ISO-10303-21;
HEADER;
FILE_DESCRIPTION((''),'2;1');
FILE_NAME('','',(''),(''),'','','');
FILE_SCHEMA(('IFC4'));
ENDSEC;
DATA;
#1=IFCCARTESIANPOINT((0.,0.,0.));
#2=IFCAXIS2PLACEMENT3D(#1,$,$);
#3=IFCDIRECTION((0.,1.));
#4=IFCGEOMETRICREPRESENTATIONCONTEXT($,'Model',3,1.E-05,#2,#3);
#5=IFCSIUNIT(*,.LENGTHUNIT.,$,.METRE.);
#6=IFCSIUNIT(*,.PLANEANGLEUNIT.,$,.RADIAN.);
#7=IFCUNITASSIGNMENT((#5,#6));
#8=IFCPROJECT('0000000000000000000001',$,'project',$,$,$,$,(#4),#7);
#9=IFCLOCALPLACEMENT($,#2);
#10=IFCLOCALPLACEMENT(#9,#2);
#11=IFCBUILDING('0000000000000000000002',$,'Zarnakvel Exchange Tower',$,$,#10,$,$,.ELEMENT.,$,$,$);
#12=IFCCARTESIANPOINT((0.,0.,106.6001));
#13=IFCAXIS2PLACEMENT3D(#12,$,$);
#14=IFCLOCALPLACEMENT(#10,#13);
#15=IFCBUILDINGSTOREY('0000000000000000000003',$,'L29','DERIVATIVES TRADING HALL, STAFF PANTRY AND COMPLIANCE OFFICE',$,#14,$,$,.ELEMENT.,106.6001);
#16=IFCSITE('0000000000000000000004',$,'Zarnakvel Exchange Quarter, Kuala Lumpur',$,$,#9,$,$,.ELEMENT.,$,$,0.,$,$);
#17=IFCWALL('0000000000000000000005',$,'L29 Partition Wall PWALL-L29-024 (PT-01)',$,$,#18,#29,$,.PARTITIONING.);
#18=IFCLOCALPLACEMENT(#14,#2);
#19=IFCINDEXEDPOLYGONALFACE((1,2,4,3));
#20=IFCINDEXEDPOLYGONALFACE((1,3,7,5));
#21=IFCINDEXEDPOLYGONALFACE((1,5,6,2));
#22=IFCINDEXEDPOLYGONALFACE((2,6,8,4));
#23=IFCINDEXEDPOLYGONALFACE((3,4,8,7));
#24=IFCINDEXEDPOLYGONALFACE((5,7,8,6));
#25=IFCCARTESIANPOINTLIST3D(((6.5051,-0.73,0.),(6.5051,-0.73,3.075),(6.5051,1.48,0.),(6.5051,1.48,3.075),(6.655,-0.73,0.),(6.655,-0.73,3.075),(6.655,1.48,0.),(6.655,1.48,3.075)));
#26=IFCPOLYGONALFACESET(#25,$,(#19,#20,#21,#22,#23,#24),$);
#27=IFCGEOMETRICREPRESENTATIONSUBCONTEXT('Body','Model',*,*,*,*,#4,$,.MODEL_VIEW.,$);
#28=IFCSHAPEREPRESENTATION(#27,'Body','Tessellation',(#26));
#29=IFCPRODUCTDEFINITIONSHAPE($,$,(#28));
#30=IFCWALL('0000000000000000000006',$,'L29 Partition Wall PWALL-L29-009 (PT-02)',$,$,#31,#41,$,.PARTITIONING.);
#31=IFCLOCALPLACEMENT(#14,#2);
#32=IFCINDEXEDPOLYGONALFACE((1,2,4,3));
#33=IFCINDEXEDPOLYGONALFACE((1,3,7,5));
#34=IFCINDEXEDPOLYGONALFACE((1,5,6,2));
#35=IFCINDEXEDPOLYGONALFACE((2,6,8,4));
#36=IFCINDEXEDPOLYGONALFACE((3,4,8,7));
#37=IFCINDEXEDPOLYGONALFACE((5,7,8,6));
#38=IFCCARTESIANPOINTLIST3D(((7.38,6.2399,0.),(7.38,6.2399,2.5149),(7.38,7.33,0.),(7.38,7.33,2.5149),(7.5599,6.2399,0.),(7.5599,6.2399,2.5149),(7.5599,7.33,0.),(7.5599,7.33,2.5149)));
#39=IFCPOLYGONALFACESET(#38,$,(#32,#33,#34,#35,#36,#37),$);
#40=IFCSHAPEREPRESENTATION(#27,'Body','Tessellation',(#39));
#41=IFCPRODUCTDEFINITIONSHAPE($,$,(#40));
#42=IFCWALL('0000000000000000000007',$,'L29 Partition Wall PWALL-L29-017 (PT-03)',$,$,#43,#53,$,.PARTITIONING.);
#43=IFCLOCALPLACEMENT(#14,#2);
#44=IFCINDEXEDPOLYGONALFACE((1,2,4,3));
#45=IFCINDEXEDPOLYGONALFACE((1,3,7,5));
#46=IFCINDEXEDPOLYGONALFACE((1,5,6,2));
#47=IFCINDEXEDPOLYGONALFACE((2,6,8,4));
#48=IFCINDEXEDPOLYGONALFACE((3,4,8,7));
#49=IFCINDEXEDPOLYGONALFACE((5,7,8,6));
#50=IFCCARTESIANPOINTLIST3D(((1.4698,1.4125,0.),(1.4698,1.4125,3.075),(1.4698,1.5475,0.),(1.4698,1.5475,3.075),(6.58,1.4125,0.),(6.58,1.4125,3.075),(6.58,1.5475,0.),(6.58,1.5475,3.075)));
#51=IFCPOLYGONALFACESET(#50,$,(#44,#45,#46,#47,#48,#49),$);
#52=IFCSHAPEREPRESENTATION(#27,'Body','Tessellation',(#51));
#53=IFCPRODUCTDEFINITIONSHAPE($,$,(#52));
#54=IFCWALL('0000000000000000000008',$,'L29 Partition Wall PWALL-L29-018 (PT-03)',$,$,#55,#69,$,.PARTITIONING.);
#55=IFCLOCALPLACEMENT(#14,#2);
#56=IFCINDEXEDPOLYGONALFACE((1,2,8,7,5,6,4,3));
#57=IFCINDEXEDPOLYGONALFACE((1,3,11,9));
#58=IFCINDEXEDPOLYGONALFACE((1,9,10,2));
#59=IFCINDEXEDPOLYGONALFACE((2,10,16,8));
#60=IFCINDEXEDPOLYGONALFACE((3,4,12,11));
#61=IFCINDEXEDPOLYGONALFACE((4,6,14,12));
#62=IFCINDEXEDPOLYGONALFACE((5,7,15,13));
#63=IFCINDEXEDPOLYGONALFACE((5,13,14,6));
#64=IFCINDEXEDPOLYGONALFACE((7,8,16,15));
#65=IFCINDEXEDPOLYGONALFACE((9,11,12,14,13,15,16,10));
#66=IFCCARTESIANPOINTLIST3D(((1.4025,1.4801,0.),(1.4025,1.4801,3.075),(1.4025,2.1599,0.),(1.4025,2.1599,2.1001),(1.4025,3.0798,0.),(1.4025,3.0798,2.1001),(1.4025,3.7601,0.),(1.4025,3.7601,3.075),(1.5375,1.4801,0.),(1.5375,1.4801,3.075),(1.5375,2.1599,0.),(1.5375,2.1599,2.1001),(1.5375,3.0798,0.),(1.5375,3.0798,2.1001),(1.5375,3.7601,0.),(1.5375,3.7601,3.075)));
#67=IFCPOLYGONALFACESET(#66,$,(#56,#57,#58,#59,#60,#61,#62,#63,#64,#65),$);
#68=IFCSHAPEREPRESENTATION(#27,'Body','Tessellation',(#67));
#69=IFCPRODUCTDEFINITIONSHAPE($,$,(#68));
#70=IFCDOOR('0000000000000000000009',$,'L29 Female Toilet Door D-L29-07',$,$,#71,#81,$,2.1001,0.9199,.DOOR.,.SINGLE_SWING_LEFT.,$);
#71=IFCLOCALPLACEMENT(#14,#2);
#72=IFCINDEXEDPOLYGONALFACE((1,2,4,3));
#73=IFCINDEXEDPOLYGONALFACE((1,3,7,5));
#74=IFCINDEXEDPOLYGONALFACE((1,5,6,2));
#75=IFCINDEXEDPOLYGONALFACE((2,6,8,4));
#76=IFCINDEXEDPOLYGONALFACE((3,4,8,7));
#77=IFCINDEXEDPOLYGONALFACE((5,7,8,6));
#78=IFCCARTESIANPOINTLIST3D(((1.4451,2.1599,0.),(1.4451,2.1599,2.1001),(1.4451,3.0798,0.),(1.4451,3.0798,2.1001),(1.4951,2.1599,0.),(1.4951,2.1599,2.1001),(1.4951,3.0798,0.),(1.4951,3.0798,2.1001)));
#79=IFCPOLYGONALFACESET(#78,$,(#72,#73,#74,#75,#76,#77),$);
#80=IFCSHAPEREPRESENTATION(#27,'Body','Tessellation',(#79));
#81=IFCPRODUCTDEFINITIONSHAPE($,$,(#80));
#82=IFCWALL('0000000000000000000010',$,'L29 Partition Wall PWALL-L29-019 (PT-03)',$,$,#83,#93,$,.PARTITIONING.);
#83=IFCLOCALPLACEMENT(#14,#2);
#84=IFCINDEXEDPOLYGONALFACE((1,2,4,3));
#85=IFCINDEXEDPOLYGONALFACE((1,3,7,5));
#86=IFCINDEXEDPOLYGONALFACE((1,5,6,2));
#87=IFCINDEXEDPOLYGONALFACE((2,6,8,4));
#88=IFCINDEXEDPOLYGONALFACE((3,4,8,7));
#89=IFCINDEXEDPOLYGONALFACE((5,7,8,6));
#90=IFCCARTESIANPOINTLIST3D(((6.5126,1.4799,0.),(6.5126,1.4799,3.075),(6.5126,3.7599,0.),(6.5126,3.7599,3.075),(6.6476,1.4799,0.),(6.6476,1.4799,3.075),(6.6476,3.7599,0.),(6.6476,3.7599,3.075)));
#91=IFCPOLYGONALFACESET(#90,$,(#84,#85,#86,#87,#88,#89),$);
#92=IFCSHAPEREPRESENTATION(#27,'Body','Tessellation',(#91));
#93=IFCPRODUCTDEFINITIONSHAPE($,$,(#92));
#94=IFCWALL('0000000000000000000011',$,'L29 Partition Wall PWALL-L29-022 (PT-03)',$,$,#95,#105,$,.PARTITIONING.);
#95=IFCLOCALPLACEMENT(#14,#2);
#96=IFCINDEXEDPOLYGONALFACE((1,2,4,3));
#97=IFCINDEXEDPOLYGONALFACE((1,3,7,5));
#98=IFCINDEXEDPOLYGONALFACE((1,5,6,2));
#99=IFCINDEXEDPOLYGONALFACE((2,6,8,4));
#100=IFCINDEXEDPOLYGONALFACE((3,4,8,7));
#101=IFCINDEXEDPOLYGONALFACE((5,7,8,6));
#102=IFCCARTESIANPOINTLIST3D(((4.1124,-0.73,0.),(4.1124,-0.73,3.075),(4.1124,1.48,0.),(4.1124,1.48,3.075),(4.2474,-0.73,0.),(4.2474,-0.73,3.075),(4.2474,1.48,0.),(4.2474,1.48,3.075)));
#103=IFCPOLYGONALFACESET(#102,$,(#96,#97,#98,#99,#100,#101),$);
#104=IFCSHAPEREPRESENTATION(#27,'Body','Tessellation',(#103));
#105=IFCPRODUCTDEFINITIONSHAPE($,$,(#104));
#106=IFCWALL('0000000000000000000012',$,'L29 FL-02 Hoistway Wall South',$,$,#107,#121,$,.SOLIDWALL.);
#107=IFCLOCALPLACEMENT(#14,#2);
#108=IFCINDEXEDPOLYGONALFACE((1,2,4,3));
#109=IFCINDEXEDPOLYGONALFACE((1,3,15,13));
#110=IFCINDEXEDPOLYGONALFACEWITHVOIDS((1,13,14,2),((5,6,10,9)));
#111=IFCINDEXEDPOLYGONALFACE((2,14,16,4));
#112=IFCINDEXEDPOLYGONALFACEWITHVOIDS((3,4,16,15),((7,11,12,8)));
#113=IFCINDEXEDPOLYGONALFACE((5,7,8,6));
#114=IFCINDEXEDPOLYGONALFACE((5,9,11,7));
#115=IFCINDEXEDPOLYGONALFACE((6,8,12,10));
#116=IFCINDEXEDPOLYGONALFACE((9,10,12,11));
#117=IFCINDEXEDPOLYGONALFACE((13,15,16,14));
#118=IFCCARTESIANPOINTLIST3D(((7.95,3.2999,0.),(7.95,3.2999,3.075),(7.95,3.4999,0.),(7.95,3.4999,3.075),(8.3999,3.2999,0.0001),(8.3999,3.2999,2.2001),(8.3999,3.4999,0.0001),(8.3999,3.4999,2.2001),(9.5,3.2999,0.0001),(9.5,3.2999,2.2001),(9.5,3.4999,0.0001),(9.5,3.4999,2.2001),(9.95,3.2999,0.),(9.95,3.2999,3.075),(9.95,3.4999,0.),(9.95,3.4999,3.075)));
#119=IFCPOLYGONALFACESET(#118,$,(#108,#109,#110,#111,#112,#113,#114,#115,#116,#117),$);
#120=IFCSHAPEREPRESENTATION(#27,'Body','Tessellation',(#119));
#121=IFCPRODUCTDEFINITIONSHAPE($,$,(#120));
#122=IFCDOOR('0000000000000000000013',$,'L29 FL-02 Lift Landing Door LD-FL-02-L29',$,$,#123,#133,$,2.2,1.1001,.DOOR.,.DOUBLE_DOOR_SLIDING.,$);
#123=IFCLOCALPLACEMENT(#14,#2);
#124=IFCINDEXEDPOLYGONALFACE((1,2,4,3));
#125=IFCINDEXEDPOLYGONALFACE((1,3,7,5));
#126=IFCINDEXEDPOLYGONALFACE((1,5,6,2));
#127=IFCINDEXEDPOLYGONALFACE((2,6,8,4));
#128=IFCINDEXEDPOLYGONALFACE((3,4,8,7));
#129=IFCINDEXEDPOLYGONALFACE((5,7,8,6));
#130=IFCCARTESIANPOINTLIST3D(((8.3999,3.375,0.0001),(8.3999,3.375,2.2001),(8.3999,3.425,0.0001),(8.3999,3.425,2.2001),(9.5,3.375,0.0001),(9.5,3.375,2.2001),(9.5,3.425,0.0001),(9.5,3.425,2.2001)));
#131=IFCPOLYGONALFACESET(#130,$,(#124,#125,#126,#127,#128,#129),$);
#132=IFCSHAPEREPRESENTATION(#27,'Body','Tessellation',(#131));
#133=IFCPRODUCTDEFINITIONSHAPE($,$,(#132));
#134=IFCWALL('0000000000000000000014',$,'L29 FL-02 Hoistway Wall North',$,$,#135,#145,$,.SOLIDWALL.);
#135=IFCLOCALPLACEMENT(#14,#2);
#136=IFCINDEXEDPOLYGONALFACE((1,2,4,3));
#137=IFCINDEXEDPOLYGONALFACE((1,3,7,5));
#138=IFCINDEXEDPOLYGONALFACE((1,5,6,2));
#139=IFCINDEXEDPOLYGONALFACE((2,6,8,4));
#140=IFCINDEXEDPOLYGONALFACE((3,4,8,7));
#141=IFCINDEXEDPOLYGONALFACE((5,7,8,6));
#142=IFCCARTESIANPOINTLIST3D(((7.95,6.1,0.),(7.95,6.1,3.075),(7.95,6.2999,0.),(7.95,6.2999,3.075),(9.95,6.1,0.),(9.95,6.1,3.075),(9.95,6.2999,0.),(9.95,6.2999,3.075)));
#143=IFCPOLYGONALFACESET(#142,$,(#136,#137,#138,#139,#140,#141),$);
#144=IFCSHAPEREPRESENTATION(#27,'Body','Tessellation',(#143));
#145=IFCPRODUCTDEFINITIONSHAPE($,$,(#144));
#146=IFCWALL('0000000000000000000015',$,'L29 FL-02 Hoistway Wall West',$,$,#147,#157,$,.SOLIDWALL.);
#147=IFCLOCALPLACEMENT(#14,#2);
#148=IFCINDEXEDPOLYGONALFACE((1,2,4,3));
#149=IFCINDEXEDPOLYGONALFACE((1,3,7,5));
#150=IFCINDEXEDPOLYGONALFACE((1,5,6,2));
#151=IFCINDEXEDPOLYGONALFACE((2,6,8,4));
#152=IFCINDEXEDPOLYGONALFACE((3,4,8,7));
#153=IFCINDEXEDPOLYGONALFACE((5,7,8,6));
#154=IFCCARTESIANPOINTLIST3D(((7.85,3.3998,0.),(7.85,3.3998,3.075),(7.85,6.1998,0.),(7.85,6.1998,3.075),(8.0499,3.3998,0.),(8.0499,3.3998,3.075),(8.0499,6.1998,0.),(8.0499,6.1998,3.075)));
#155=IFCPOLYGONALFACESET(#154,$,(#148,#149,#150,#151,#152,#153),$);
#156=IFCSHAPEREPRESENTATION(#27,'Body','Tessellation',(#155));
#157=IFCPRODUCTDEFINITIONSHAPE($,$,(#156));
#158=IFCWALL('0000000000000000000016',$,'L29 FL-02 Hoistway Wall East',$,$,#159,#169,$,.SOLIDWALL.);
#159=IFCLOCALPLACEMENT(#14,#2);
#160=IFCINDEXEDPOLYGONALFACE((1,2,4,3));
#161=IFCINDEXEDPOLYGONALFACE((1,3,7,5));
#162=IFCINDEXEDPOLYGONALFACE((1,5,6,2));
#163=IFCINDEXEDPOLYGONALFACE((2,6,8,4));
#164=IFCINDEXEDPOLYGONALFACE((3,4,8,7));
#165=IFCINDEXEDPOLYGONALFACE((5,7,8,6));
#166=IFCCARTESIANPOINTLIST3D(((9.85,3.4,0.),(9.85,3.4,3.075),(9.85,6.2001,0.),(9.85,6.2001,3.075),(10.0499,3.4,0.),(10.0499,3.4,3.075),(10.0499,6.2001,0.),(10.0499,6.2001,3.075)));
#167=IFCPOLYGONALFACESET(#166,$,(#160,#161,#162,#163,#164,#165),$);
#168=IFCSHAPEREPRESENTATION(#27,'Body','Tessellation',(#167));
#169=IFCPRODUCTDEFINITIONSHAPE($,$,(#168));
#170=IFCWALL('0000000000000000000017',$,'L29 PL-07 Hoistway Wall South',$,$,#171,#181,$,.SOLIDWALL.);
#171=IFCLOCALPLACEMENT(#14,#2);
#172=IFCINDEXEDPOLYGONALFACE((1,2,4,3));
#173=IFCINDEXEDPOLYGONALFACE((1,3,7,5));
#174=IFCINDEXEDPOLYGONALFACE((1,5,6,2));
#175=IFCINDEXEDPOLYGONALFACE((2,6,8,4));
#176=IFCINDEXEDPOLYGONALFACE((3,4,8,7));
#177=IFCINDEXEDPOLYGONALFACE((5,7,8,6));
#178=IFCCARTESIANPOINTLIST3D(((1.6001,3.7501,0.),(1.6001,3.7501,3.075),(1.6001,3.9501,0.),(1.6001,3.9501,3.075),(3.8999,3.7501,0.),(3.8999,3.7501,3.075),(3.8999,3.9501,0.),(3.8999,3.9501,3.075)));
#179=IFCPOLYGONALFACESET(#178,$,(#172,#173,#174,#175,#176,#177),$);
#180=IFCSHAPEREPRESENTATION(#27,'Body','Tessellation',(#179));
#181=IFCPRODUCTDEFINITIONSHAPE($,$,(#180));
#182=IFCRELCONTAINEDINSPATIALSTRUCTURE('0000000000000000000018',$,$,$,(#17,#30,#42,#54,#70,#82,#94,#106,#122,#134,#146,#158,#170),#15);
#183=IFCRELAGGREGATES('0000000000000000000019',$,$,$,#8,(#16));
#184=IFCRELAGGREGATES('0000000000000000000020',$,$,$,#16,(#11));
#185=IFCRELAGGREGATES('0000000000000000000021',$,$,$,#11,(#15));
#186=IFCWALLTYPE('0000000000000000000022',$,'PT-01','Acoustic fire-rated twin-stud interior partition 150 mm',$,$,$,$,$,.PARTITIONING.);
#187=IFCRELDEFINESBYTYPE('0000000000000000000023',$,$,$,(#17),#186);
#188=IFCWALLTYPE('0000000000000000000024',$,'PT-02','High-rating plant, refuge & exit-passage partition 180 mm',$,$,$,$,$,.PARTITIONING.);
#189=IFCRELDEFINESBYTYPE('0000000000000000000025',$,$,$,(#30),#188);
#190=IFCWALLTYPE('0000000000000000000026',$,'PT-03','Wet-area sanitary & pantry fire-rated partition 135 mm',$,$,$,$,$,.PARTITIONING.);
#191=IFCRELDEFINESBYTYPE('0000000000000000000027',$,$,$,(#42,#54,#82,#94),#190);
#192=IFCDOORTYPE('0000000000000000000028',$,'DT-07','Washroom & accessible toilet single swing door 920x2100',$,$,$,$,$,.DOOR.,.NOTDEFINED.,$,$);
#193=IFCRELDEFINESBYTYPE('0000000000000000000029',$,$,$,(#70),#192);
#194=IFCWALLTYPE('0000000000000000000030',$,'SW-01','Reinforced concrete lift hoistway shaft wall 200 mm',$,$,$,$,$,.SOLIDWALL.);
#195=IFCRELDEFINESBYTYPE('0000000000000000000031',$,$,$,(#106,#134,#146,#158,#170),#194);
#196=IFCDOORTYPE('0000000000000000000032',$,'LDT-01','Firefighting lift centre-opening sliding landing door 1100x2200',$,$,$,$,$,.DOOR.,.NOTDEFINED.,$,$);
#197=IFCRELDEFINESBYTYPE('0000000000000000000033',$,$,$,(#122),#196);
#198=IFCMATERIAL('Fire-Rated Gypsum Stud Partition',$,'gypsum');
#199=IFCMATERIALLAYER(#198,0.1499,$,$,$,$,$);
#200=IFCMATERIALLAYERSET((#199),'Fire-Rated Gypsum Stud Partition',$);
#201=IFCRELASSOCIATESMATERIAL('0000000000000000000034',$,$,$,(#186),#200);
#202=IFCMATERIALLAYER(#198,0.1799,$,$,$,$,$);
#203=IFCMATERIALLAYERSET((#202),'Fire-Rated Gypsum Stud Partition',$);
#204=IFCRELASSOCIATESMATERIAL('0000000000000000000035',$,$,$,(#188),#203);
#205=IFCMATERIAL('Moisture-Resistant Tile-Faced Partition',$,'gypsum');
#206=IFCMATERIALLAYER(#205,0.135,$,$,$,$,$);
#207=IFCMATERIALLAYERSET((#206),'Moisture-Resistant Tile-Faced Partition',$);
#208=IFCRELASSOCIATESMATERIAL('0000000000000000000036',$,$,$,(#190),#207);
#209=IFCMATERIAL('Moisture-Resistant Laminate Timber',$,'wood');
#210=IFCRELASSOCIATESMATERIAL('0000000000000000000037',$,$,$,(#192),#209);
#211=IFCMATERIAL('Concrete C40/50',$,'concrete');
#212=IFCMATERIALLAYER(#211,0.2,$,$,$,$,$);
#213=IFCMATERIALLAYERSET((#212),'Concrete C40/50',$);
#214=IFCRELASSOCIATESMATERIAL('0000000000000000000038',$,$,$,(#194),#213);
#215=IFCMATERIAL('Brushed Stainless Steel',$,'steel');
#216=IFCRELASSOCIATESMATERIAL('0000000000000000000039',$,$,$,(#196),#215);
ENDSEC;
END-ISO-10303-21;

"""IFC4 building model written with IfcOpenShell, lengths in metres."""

from ifc_helpers import new_model, si_unit, direction, frame, frame_2d, origin, place, context, subcontext, project, spatial, rectangle, extrude, source, transform, mapped, material, layer, layer_set, type_object, element, fill, save


model = new_model("IFC4")

# Units and contexts
model_context = context("Model", 3, precision=1e-05, world=origin(), true_north=direction((0.0, 1.0)))
body_context = subcontext(model_context, "Body", "Model", "MODEL_VIEW")
ifc_project = project(units=[si_unit("LENGTHUNIT", "METRE"), si_unit("PLANEANGLEUNIT", "RADIAN")], contexts=[model_context])

# Site, building, storey
site_placement = place(None, origin())
site = spatial("IfcSite", under=ifc_project, at=site_placement, Name="Zarnakvel Exchange Quarter, Kuala Lumpur", CompositionType="ELEMENT", RefElevation=0.0)
building_placement = place(site_placement, origin())
building = spatial("IfcBuilding", under=site, at=building_placement, Name="Zarnakvel Exchange Tower", CompositionType="ELEMENT")
storey_placement = place(building_placement, frame((0.0, 0.0, 106.6001)))
storey = spatial("IfcBuildingStorey", under=building, at=storey_placement, Name="L29", Description="DERIVATIVES TRADING HALL, STAFF PANTRY AND COMPLIANCE OFFICE", CompositionType="ELEMENT", Elevation=106.6001)

# Walls
ifc_material_1 = material(Name="Fire-Rated Gypsum Stud Partition", Category="gypsum")
ifc_layer_1 = layer(ifc_material_1, 0.1499)
ifc_layer_set_1 = layer_set([ifc_layer_1], Name="Fire-Rated Gypsum Stud Partition")
wall_type_1 = type_object("IfcWallType", Name="PT-01", Description="Acoustic fire-rated twin-stud interior partition 150 mm", PredefinedType="PARTITIONING", material=ifc_layer_set_1)
wall_1_placement = place(storey_placement, frame((6.5801, 1.48, 0.0), z_axis=(0.0, 0.0, 1.0), x_axis=(0.0, -1.0, 0.0)))
element("IfcWall", 1, at=wall_1_placement, inside=storey, type_object=wall_type_1, Name="L29 Partition Wall PWALL-L29-024 (PT-01)", PredefinedType="PARTITIONING", context=body_context, shape_type="SweptSolid", body=[
    extrude(rectangle(XDim=2.21, YDim=0.1499, at=frame_2d((1.105, 0.0))), origin(), (0.0, 0.0, 1.0), 3.075),
])
ifc_layer_2 = layer(ifc_material_1, 0.1799)
ifc_layer_set_2 = layer_set([ifc_layer_2], Name="Fire-Rated Gypsum Stud Partition")
wall_type_2 = type_object("IfcWallType", Name="PT-02", Description="High-rating plant, refuge & exit-passage partition 180 mm", PredefinedType="PARTITIONING", material=ifc_layer_set_2)
wall_2_placement = place(storey_placement, frame((7.47, 6.24, 0.0), z_axis=(0.0, 0.0, 1.0), x_axis=(0.0, 1.0, 0.0)))
element("IfcWall", 2, at=wall_2_placement, inside=storey, type_object=wall_type_2, Name="L29 Partition Wall PWALL-L29-009 (PT-02)", PredefinedType="PARTITIONING", context=body_context, shape_type="SweptSolid", body=[
    extrude(rectangle(XDim=1.0901, YDim=0.1799, at=frame_2d((0.5449, 0.0))), origin(), (0.0, 0.0, 1.0), 2.5149),
])
ifc_material_2 = material(Name="Moisture-Resistant Tile-Faced Partition", Category="gypsum")
ifc_layer_3 = layer(ifc_material_2, 0.135)
ifc_layer_set_3 = layer_set([ifc_layer_3], Name="Moisture-Resistant Tile-Faced Partition")
wall_type_3 = type_object("IfcWallType", Name="PT-03", Description="Wet-area sanitary & pantry fire-rated partition 135 mm", PredefinedType="PARTITIONING", material=ifc_layer_set_3)
wall_3_placement = place(storey_placement, frame((6.5801, 1.48, 0.0), z_axis=(0.0, 0.0, 1.0), x_axis=(-1.0, 0.0, 0.0)))
element("IfcWall", 3, at=wall_3_placement, inside=storey, type_object=wall_type_3, Name="L29 Partition Wall PWALL-L29-017 (PT-03)", PredefinedType="PARTITIONING", context=body_context, shape_type="SweptSolid", body=[
    extrude(rectangle(XDim=5.1101, YDim=0.135, at=frame_2d((2.5552, 0.0))), origin(), (0.0, 0.0, 1.0), 3.075),
])

# Wall, opening, door
wall_4_placement = place(storey_placement, frame((1.47, 1.48, 0.0), z_axis=(0.0, 0.0, 1.0), x_axis=(0.0, 1.0, 0.0)))
wall_4 = element("IfcWall", 4, at=wall_4_placement, inside=storey, type_object=wall_type_3, Name="L29 Partition Wall PWALL-L29-018 (PT-03)", PredefinedType="PARTITIONING", context=body_context, shape_type="SweptSolid", body=[
    extrude(rectangle(XDim=2.28, YDim=0.135, at=frame_2d((1.1401, 0.0))), origin(), (0.0, 0.0, 1.0), 3.075),
])
opening_1_placement = place(wall_4_placement, frame((0.6799, 0.0, 0.0)))
opening_1 = element("IfcOpeningElement", 5, at=opening_1_placement, cuts=wall_4, PredefinedType="OPENING", context=body_context, shape_type="SweptSolid", body=[
    extrude(rectangle(XDim=0.9199, YDim=2.1001, at=frame_2d((0.46, 1.05))), frame((0.0, 0.0774, 0.0), z_axis=(0.0, -1.0, 0.0), x_axis=(1.0, 0.0, 0.0)), (0.0, 0.0, 1.0), 0.155),
])
ifc_material_3 = material(Name="Moisture-Resistant Laminate Timber", Category="wood")
door_type_1 = type_object("IfcDoorType", Name="DT-07", Description="Washroom & accessible toilet single swing door 920x2100", OperationType="NOTDEFINED", PredefinedType="DOOR", material=ifc_material_3)
shared_shape_1 = source(origin(), body_context, "Body", "SweptSolid", [
    extrude(rectangle(XDim=0.9199, YDim=2.1001, at=frame_2d((0.46, 1.05))), frame((0.0, 0.0249, 0.0), z_axis=(0.0, -1.0, 0.0), x_axis=(1.0, 0.0, 0.0)), (0.0, 0.0, 1.0), 0.05),
])
door_1_placement = place(opening_1_placement, origin())
door_1 = element("IfcDoor", 6, at=door_1_placement, inside=storey, type_object=door_type_1, Name="L29 Female Toilet Door D-L29-07", OperationType="SINGLE_SWING_LEFT", OverallHeight=2.1001, OverallWidth=0.9199, PredefinedType="DOOR", context=body_context, shape_type="MappedRepresentation", body=[
    mapped(shared_shape_1, transform((0.0, 0.0, 0.0), x_axis=(1.0, 0.0, 0.0), y_axis=(0.0, 1.0, 0.0), z_axis=(0.0, 0.0, 1.0), scale=1.0)),
])
fill(opening_1, door_1)

# Walls
wall_5_placement = place(storey_placement, frame((6.5801, 3.76, 0.0), z_axis=(0.0, 0.0, 1.0), x_axis=(0.0, -1.0, 0.0)))
element("IfcWall", 7, at=wall_5_placement, inside=storey, type_object=wall_type_3, Name="L29 Partition Wall PWALL-L29-019 (PT-03)", PredefinedType="PARTITIONING", context=body_context, shape_type="SweptSolid", body=[
    extrude(rectangle(XDim=2.28, YDim=0.135, at=frame_2d((1.1401, 0.0))), origin(), (0.0, 0.0, 1.0), 3.075),
])
wall_6_placement = place(storey_placement, frame((4.1799, 1.48, 0.0), z_axis=(0.0, 0.0, 1.0), x_axis=(0.0, -1.0, 0.0)))
element("IfcWall", 8, at=wall_6_placement, inside=storey, type_object=wall_type_3, Name="L29 Partition Wall PWALL-L29-022 (PT-03)", PredefinedType="PARTITIONING", context=body_context, shape_type="SweptSolid", body=[
    extrude(rectangle(XDim=2.21, YDim=0.135, at=frame_2d((1.105, 0.0))), origin(), (0.0, 0.0, 1.0), 3.075),
])

# Wall, opening, door
ifc_material_4 = material(Name="Concrete C40/50", Category="concrete")
ifc_layer_4 = layer(ifc_material_4, 0.2)
ifc_layer_set_4 = layer_set([ifc_layer_4], Name="Concrete C40/50")
wall_type_4 = type_object("IfcWallType", Name="SW-01", Description="Reinforced concrete lift hoistway shaft wall 200 mm", PredefinedType="SOLIDWALL", material=ifc_layer_set_4)
wall_7_placement = place(storey_placement, frame((9.95, 3.3999, 0.0), z_axis=(0.0, 0.0, 1.0), x_axis=(-1.0, 0.0, 0.0)))
wall_7 = element("IfcWall", 9, at=wall_7_placement, inside=storey, type_object=wall_type_4, Name="L29 FL-02 Hoistway Wall South", PredefinedType="SOLIDWALL", context=body_context, shape_type="SweptSolid", body=[
    extrude(rectangle(XDim=2.0, YDim=0.2, at=frame_2d((1.0, 0.0))), origin(), (0.0, 0.0, 1.0), 3.075),
])
opening_2_placement = place(wall_7_placement, frame((0.45, 0.0, 0.0)))
opening_2 = element("IfcOpeningElement", 10, at=opening_2_placement, cuts=wall_7, PredefinedType="OPENING", context=body_context, shape_type="SweptSolid", body=[
    extrude(rectangle(XDim=1.1001, YDim=2.2, at=frame_2d((0.55, 1.1001))), frame((0.0, 0.1099, 0.0), z_axis=(0.0, -1.0, 0.0), x_axis=(1.0, 0.0, 0.0)), (0.0, 0.0, 1.0), 0.22),
])
ifc_material_5 = material(Name="Brushed Stainless Steel", Category="steel")
door_type_2 = type_object("IfcDoorType", Name="LDT-01", Description="Firefighting lift centre-opening sliding landing door 1100x2200", OperationType="NOTDEFINED", PredefinedType="DOOR", material=ifc_material_5)
shared_shape_2 = source(origin(), body_context, "Body", "SweptSolid", [
    extrude(rectangle(XDim=1.1001, YDim=2.2, at=frame_2d((0.55, 1.1001))), frame((0.0, 0.0249, 0.0), z_axis=(0.0, -1.0, 0.0), x_axis=(1.0, 0.0, 0.0)), (0.0, 0.0, 1.0), 0.05),
])
door_2_placement = place(opening_2_placement, origin())
door_2 = element("IfcDoor", 11, at=door_2_placement, inside=storey, type_object=door_type_2, Name="L29 FL-02 Lift Landing Door LD-FL-02-L29", OperationType="DOUBLE_DOOR_SLIDING", OverallHeight=2.2, OverallWidth=1.1001, PredefinedType="DOOR", context=body_context, shape_type="MappedRepresentation", body=[
    mapped(shared_shape_2, transform((0.0, 0.0, 0.0), x_axis=(1.0, 0.0, 0.0), y_axis=(0.0, 1.0, 0.0), z_axis=(0.0, 0.0, 1.0), scale=1.0)),
])
fill(opening_2, door_2)

# Walls
wall_8_placement = place(storey_placement, frame((7.95, 6.2, 0.0), z_axis=(0.0, 0.0, 1.0), x_axis=(1.0, 0.0, 0.0)))
element("IfcWall", 12, at=wall_8_placement, inside=storey, type_object=wall_type_4, Name="L29 FL-02 Hoistway Wall North", PredefinedType="SOLIDWALL", context=body_context, shape_type="SweptSolid", body=[
    extrude(rectangle(XDim=2.0, YDim=0.2, at=frame_2d((1.0, 0.0))), origin(), (0.0, 0.0, 1.0), 3.075),
])
for number, where, z_axis, x_axis, name in (
    (13, (7.95, 3.3999, 0.0), (0.0, 0.0, 1.0), (0.0, 1.0, 0.0), "L29 FL-02 Hoistway Wall West"),
    (14, (9.95, 6.2, 0.0), (0.0, 0.0, 1.0), (0.0, -1.0, 0.0), "L29 FL-02 Hoistway Wall East"),
):
    element("IfcWall", number, at=place(storey_placement, frame(where, z_axis=z_axis, x_axis=x_axis)), inside=storey, type_object=wall_type_4, Name=name, PredefinedType="SOLIDWALL", context=body_context, shape_type="SweptSolid", body=[
        extrude(rectangle(XDim=2.8, YDim=0.2, at=frame_2d((1.3999, 0.0))), origin(), (0.0, 0.0, 1.0), 3.075),
    ])
wall_9_placement = place(storey_placement, frame((3.8999, 3.8501, 0.0), z_axis=(0.0, 0.0, 1.0), x_axis=(-1.0, 0.0, 0.0)))
element("IfcWall", 15, at=wall_9_placement, inside=storey, type_object=wall_type_4, Name="L29 PL-07 Hoistway Wall South", PredefinedType="SOLIDWALL", context=body_context, shape_type="SweptSolid", body=[
    extrude(rectangle(XDim=2.2998, YDim=0.2, at=frame_2d((1.1499, 0.0))), origin(), (0.0, 0.0, 1.0), 3.075),
])

save(model, "model.ifc")
